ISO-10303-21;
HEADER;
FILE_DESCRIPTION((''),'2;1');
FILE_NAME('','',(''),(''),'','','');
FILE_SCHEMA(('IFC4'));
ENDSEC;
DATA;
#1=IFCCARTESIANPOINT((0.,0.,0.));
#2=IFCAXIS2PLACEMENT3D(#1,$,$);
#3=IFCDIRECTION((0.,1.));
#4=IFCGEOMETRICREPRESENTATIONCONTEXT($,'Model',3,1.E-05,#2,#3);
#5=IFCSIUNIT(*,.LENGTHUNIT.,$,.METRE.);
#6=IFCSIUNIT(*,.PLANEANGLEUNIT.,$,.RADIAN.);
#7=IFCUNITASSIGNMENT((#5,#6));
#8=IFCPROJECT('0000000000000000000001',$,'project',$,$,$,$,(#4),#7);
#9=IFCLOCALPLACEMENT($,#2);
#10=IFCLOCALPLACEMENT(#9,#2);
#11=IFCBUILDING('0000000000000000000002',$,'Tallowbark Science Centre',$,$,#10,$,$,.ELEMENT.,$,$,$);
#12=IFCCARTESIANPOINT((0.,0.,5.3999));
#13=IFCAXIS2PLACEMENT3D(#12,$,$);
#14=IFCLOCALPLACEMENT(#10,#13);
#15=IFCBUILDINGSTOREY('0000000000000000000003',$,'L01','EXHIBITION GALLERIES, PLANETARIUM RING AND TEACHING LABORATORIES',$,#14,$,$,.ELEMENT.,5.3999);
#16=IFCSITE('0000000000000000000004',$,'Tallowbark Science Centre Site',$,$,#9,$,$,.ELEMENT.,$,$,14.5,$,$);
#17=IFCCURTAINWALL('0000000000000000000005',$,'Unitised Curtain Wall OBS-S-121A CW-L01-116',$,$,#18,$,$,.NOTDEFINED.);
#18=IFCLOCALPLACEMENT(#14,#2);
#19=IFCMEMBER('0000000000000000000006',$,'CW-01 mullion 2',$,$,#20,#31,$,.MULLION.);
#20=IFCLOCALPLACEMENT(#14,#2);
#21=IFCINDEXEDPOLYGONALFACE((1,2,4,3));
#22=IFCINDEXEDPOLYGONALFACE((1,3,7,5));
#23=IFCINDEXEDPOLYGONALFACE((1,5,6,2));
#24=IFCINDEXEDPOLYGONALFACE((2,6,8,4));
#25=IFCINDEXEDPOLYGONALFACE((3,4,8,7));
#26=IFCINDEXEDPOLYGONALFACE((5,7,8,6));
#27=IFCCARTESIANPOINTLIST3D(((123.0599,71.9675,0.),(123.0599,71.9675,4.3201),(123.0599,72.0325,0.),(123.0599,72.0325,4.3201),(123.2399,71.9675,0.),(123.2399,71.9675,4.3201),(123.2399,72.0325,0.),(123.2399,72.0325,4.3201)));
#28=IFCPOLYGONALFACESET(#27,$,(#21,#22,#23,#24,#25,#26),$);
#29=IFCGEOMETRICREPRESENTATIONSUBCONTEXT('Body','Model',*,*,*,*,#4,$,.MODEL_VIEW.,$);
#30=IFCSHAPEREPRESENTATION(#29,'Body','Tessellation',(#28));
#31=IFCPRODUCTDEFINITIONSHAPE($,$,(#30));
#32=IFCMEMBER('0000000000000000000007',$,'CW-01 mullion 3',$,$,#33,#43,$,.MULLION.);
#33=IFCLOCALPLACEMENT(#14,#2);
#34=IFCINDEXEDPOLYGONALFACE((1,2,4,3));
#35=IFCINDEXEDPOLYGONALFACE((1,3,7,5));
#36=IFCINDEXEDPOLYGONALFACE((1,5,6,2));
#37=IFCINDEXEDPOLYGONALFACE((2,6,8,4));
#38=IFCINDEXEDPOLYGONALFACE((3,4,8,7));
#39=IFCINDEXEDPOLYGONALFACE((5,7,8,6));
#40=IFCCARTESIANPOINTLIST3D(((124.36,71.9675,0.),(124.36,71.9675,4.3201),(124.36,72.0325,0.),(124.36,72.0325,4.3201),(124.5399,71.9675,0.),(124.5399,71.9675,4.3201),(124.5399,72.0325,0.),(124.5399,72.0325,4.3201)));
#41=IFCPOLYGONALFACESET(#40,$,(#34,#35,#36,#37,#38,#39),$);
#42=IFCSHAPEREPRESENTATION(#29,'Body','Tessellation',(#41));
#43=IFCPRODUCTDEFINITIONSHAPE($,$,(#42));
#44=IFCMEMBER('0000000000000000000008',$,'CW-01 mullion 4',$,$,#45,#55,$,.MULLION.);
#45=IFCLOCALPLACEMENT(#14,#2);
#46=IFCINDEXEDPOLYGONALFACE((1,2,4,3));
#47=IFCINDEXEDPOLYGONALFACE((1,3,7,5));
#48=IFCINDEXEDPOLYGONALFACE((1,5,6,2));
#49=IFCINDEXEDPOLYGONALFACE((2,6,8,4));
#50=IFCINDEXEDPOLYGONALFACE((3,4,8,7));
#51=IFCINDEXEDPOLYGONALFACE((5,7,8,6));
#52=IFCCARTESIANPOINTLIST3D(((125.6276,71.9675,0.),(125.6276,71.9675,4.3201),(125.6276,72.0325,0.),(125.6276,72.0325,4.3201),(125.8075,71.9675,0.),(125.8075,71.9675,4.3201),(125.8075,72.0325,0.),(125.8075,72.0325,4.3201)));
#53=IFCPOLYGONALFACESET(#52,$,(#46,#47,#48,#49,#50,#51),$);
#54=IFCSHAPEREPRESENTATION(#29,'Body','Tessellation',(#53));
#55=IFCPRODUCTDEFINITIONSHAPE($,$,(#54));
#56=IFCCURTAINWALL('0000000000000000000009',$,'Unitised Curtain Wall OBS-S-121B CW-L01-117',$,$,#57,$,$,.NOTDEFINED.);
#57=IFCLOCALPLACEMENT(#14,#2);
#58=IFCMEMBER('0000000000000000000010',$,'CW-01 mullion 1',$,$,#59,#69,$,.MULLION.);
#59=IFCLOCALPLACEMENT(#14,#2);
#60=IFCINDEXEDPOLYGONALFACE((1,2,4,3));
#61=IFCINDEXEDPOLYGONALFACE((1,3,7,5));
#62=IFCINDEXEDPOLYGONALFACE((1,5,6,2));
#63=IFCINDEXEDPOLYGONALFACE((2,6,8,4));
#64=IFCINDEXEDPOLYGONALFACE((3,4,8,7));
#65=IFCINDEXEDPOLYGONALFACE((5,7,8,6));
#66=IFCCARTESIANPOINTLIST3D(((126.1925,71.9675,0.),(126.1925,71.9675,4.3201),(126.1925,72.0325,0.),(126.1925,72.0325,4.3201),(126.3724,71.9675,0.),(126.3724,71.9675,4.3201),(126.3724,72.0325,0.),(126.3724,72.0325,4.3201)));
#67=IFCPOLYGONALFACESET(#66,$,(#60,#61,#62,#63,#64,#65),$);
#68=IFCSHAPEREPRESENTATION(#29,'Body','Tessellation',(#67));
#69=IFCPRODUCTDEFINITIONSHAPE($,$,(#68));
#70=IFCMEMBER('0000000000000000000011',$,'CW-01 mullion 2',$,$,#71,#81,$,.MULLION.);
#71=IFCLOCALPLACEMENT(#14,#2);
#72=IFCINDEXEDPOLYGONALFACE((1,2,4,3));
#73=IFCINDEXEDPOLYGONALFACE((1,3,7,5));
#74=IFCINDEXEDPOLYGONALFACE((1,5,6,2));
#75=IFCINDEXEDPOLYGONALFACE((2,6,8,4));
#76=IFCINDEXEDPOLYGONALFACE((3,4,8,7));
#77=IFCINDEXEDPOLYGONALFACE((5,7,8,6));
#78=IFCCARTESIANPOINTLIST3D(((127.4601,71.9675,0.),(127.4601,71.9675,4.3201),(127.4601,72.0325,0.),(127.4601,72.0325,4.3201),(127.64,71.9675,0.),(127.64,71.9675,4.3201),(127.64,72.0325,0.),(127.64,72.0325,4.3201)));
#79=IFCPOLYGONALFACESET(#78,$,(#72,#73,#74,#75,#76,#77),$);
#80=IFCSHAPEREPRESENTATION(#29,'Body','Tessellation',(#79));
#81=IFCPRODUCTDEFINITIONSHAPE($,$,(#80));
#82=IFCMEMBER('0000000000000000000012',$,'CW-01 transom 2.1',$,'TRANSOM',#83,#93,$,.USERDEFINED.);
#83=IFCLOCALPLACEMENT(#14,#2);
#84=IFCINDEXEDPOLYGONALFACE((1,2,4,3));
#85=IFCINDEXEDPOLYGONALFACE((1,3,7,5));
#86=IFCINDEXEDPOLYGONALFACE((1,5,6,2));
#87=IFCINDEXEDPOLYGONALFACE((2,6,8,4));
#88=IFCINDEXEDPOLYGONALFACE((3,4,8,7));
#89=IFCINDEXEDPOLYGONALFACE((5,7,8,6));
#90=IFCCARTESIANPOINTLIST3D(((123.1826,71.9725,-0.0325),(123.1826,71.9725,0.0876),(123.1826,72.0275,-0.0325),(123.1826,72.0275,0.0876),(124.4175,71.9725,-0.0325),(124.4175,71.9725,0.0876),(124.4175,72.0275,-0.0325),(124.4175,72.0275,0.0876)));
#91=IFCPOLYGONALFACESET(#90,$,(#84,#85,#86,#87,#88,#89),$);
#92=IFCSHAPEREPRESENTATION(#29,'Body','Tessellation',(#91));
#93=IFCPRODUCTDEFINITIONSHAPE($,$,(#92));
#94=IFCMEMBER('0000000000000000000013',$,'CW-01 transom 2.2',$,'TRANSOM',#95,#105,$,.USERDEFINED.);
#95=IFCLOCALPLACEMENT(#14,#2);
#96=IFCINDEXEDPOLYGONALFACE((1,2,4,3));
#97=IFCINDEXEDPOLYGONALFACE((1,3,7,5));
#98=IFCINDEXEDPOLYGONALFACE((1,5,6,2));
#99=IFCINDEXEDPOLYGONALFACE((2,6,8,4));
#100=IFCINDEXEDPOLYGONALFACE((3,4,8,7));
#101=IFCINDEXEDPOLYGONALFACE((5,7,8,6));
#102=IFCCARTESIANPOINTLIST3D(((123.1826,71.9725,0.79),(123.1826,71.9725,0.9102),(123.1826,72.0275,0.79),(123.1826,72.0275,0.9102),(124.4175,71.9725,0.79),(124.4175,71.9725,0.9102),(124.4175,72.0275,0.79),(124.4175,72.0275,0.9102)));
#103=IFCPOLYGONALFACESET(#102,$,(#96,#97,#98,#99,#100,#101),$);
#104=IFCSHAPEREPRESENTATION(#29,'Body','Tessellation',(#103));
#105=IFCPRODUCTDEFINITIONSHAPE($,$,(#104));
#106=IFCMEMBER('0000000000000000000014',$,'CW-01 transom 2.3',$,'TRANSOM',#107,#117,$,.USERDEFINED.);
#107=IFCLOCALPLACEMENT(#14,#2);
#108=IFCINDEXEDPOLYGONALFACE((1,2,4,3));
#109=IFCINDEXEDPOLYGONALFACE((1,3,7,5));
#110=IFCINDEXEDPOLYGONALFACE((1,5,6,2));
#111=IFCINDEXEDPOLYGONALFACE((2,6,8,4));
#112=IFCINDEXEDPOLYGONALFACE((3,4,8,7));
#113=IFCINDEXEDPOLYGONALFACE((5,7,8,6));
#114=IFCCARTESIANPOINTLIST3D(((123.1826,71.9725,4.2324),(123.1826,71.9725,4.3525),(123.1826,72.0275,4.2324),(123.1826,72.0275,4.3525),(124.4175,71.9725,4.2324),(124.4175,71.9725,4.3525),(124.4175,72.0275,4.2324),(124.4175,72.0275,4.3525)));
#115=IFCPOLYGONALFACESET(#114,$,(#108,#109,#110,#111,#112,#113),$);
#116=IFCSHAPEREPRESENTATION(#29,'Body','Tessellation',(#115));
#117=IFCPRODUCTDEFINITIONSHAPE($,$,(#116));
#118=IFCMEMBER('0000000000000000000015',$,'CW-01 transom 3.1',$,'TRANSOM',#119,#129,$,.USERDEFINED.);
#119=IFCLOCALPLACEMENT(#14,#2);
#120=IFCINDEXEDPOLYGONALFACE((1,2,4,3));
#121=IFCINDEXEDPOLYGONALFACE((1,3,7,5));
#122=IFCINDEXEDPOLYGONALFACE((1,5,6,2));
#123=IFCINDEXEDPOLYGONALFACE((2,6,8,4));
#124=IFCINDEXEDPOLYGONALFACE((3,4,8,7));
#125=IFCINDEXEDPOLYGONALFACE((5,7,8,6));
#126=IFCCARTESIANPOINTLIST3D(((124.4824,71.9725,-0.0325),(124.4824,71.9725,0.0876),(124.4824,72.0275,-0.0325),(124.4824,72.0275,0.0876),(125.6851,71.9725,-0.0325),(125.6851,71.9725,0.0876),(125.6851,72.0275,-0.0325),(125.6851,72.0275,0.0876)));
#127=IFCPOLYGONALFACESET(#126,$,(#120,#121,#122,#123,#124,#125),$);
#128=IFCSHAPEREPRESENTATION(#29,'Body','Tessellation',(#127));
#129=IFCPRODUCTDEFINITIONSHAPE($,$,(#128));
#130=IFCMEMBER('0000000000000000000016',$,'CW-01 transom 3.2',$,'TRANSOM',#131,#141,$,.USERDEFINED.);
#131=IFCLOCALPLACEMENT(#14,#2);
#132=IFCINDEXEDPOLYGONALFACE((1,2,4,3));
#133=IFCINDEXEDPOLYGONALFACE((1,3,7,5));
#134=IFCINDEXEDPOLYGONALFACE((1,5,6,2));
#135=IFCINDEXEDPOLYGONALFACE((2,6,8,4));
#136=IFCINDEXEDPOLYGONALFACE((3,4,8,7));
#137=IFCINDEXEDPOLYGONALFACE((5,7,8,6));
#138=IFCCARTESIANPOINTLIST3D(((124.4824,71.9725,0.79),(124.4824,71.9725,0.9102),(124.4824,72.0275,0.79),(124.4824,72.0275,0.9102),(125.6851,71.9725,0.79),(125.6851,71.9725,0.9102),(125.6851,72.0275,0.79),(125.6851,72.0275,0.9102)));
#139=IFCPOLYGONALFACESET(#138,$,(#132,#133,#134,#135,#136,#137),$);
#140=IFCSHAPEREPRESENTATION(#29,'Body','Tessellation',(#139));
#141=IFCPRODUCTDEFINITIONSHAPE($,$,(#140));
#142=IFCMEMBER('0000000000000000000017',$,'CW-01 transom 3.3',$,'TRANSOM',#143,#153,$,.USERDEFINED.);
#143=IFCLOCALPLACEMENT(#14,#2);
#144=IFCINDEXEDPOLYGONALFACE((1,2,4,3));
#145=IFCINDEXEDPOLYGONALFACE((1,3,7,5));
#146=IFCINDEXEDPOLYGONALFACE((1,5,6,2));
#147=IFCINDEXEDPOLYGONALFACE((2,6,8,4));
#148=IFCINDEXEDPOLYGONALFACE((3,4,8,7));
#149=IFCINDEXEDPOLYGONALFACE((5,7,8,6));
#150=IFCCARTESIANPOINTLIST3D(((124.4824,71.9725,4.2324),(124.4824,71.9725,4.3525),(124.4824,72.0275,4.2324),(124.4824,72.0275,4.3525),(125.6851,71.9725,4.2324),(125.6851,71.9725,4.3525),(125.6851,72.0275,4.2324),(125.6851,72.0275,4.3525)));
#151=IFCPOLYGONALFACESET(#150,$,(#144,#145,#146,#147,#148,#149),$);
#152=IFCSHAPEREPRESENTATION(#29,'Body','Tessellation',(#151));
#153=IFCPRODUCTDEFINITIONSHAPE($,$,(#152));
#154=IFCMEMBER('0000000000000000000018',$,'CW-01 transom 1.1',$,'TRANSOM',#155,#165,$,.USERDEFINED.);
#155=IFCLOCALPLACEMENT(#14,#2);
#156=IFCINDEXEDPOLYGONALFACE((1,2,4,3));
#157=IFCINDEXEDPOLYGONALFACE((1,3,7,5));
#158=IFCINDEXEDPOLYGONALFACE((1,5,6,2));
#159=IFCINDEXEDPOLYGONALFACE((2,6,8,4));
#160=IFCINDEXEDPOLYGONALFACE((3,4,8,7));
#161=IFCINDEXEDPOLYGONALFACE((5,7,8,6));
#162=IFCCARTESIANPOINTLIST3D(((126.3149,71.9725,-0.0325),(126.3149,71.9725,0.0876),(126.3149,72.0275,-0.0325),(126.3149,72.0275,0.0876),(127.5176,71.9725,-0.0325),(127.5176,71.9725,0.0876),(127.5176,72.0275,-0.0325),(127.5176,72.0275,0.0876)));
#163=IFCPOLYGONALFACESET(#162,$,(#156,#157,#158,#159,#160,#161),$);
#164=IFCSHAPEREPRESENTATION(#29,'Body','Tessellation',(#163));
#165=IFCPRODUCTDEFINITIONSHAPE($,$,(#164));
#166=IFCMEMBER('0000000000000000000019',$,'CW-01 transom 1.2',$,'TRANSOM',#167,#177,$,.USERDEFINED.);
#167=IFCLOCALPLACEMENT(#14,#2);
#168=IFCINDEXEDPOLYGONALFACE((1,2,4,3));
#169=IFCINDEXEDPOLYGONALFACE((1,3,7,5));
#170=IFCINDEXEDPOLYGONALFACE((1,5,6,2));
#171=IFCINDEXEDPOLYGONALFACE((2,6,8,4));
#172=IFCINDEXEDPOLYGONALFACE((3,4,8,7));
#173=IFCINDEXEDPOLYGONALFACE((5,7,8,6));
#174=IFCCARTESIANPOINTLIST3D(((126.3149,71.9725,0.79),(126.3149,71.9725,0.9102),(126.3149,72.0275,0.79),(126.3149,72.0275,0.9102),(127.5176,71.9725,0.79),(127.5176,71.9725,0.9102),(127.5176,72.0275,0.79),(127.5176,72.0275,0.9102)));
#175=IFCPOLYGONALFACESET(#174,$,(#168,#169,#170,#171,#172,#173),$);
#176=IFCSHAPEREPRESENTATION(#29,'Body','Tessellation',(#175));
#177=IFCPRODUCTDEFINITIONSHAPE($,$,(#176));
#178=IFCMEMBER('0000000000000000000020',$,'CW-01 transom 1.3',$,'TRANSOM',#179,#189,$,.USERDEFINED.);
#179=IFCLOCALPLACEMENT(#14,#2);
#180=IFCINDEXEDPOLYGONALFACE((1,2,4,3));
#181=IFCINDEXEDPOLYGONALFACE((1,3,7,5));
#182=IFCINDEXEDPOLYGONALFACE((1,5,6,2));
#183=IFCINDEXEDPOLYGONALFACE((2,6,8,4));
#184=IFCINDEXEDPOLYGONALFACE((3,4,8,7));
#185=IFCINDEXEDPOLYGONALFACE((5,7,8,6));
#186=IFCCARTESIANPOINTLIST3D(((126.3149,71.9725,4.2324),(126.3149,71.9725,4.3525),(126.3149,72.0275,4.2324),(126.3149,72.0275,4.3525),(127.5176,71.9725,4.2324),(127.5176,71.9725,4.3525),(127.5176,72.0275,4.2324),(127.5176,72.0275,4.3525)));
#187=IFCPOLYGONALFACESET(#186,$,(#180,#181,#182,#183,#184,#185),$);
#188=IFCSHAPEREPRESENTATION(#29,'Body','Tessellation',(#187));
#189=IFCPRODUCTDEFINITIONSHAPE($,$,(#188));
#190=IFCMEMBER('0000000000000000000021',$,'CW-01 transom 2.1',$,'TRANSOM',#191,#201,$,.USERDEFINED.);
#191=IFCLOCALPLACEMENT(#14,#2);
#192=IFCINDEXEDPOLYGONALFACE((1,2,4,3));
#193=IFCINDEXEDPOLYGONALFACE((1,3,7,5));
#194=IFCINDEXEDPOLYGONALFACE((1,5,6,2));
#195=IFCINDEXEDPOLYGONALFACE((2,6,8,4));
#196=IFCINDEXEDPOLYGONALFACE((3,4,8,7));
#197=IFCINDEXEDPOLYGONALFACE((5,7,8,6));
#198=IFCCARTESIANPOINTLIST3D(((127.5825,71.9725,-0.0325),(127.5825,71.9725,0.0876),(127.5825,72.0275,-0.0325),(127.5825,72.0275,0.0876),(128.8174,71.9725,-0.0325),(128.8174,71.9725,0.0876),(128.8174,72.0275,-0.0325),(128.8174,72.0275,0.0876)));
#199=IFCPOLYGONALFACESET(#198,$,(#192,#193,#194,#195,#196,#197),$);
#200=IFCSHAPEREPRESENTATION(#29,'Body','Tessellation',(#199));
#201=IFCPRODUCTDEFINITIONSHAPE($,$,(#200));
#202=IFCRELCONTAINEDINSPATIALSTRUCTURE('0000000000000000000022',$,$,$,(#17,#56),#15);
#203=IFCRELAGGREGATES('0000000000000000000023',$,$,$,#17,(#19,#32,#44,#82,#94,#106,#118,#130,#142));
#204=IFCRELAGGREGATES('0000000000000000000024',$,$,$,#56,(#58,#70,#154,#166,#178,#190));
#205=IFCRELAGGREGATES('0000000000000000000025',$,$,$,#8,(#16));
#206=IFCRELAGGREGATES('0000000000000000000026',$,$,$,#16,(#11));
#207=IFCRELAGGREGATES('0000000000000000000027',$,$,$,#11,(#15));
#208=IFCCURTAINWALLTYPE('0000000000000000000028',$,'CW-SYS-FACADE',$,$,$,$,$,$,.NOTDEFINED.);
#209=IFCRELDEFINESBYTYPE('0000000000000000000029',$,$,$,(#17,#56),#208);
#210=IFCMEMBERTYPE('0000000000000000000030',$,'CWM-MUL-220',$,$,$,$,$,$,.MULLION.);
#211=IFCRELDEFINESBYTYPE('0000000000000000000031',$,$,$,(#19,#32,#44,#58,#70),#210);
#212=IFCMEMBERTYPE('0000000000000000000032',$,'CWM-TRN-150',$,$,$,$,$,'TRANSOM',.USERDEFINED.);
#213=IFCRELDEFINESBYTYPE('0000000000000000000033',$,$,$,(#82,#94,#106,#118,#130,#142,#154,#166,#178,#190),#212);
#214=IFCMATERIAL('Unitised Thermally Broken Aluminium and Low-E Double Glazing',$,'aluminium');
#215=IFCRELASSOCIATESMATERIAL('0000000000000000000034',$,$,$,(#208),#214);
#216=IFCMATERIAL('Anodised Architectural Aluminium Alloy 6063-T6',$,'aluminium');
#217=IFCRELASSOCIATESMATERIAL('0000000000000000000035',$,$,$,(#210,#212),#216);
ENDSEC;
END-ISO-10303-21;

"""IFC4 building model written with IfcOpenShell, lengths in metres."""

from ifc_helpers import new_model, si_unit, direction, frame, origin, origin_2d, place, context, subcontext, project, spatial, rectangle, extrude, material, material_profile, profile_set, type_object, element, aggregate, save


model = new_model("IFC4")

# Units and contexts
model_context = context("Model", 3, precision=1e-05, world=origin(), true_north=direction((0.0, 1.0)))
body_context = subcontext(model_context, "Body", "Model", "MODEL_VIEW")
ifc_project = project(units=[si_unit("LENGTHUNIT", "METRE"), si_unit("PLANEANGLEUNIT", "RADIAN")], contexts=[model_context])

# Site, building, storey
site_placement = place(None, origin())
site = spatial("IfcSite", under=ifc_project, at=site_placement, Name="Tallowbark Science Centre Site", CompositionType="ELEMENT", RefElevation=14.5)
building_placement = place(site_placement, origin())
building = spatial("IfcBuilding", under=site, at=building_placement, Name="Tallowbark Science Centre", CompositionType="ELEMENT")
storey_placement = place(building_placement, frame((0.0, 0.0, 5.3999)))
storey = spatial("IfcBuildingStorey", under=building, at=storey_placement, Name="L01", Description="EXHIBITION GALLERIES, PLANETARIUM RING AND TEACHING LABORATORIES", CompositionType="ELEMENT", Elevation=5.3999)

# Curtain walls, members
ifc_material_1 = material(Name="Unitised Thermally Broken Aluminium and Low-E Double Glazing", Category="aluminium")
curtain_wall_type = type_object("IfcCurtainWallType", Name="CW-SYS-FACADE", PredefinedType="NOTDEFINED", material=ifc_material_1)
curtain_wall_1_placement = place(storey_placement, origin())
curtain_wall_1 = element("IfcCurtainWall", 1, at=curtain_wall_1_placement, inside=storey, type_object=curtain_wall_type, Name="Unitised Curtain Wall OBS-S-121A CW-L01-116", PredefinedType="NOTDEFINED")
ifc_material_2 = material(Name="Anodised Architectural Aluminium Alloy 6063-T6", Category="aluminium")
ifc_material_profile_1 = material_profile(ifc_material_2, rectangle(XDim=0.0649, YDim=0.1799, at=origin_2d()), Name="ALU65x180")
ifc_profile_set_1 = profile_set([ifc_material_profile_1], Name="Anodised Architectural Aluminium Alloy 6063-T6")
member_type_1 = type_object("IfcMemberType", Name="CWM-MUL-220", PredefinedType="MULLION", material=ifc_profile_set_1)
member_1_placement = place(storey_placement, frame((123.1499, 72.0, 0.0), z_axis=(0.0, 0.0, 1.0), x_axis=(0.0, 1.0, 0.0)))
member_1 = element("IfcMember", 2, at=member_1_placement, type_object=member_type_1, Name="CW-01 mullion 2", PredefinedType="MULLION", context=body_context, shape_type="SweptSolid", body=[
    extrude(rectangle(XDim=0.0649, YDim=0.1799, at=origin_2d()), origin(), (0.0, 0.0, 1.0), 4.3201),
])
member_2_placement = place(storey_placement, frame((124.45, 72.0, 0.0), z_axis=(0.0, 0.0, 1.0), x_axis=(0.0, 1.0, 0.0)))
member_2 = element("IfcMember", 3, at=member_2_placement, type_object=member_type_1, Name="CW-01 mullion 3", PredefinedType="MULLION", context=body_context, shape_type="SweptSolid", body=[
    extrude(rectangle(XDim=0.0649, YDim=0.1799, at=origin_2d()), origin(), (0.0, 0.0, 1.0), 4.3201),
])
member_3_placement = place(storey_placement, frame((125.7175, 72.0, 0.0), z_axis=(0.0, 0.0, 1.0), x_axis=(0.0, 1.0, 0.0)))
member_3 = element("IfcMember", 4, at=member_3_placement, type_object=member_type_1, Name="CW-01 mullion 4", PredefinedType="MULLION", context=body_context, shape_type="SweptSolid", body=[
    extrude(rectangle(XDim=0.0649, YDim=0.1799, at=origin_2d()), origin(), (0.0, 0.0, 1.0), 4.3201),
])
curtain_wall_2_placement = place(storey_placement, origin())
curtain_wall_2 = element("IfcCurtainWall", 5, at=curtain_wall_2_placement, inside=storey, type_object=curtain_wall_type, Name="Unitised Curtain Wall OBS-S-121B CW-L01-117", PredefinedType="NOTDEFINED")
member_4_placement = place(storey_placement, frame((126.2825, 72.0, 0.0), z_axis=(0.0, 0.0, 1.0), x_axis=(0.0, 1.0, 0.0)))
member_4 = element("IfcMember", 6, at=member_4_placement, type_object=member_type_1, Name="CW-01 mullion 1", PredefinedType="MULLION", context=body_context, shape_type="SweptSolid", body=[
    extrude(rectangle(XDim=0.0649, YDim=0.1799, at=origin_2d()), origin(), (0.0, 0.0, 1.0), 4.3201),
])
member_5_placement = place(storey_placement, frame((127.55, 72.0, 0.0), z_axis=(0.0, 0.0, 1.0), x_axis=(0.0, 1.0, 0.0)))
member_5 = element("IfcMember", 7, at=member_5_placement, type_object=member_type_1, Name="CW-01 mullion 2", PredefinedType="MULLION", context=body_context, shape_type="SweptSolid", body=[
    extrude(rectangle(XDim=0.0649, YDim=0.1799, at=origin_2d()), origin(), (0.0, 0.0, 1.0), 4.3201),
])

# Members
ifc_material_profile_2 = material_profile(ifc_material_2, rectangle(XDim=0.0549, YDim=0.1201, at=origin_2d()), Name="ALU55x120")
ifc_profile_set_2 = profile_set([ifc_material_profile_2], Name="Anodised Architectural Aluminium Alloy 6063-T6")
member_type_2 = type_object("IfcMemberType", Name="CWM-TRN-150", ElementType="TRANSOM", PredefinedType="USERDEFINED", material=ifc_profile_set_2)
member_6_placement = place(storey_placement, frame((123.1826, 72.0, 0.0276), z_axis=(1.0, 0.0, 0.0), x_axis=(0.0, 1.0, 0.0)))
member_6 = element("IfcMember", 8, at=member_6_placement, type_object=member_type_2, Name="CW-01 transom 2.1", ObjectType="TRANSOM", PredefinedType="USERDEFINED", context=body_context, shape_type="SweptSolid", body=[
    extrude(rectangle(XDim=0.0549, YDim=0.1201, at=origin_2d()), origin(), (0.0, 0.0, 1.0), 1.2349),
])
member_7_placement = place(storey_placement, frame((123.1826, 72.0, 0.8501), z_axis=(1.0, 0.0, 0.0), x_axis=(0.0, 1.0, 0.0)))
member_7 = element("IfcMember", 9, at=member_7_placement, type_object=member_type_2, Name="CW-01 transom 2.2", ObjectType="TRANSOM", PredefinedType="USERDEFINED", context=body_context, shape_type="SweptSolid", body=[
    extrude(rectangle(XDim=0.0549, YDim=0.1201, at=origin_2d()), origin(), (0.0, 0.0, 1.0), 1.2349),
])
member_8_placement = place(storey_placement, frame((123.1826, 72.0, 4.2925), z_axis=(1.0, 0.0, 0.0), x_axis=(0.0, 1.0, 0.0)))
member_8 = element("IfcMember", 10, at=member_8_placement, type_object=member_type_2, Name="CW-01 transom 2.3", ObjectType="TRANSOM", PredefinedType="USERDEFINED", context=body_context, shape_type="SweptSolid", body=[
    extrude(rectangle(XDim=0.0549, YDim=0.1201, at=origin_2d()), origin(), (0.0, 0.0, 1.0), 1.2349),
])
member_9_placement = place(storey_placement, frame((124.4824, 72.0, 0.0276), z_axis=(1.0, 0.0, 0.0), x_axis=(0.0, 1.0, 0.0)))
member_9 = element("IfcMember", 11, at=member_9_placement, type_object=member_type_2, Name="CW-01 transom 3.1", ObjectType="TRANSOM", PredefinedType="USERDEFINED", context=body_context, shape_type="SweptSolid", body=[
    extrude(rectangle(XDim=0.0549, YDim=0.1201, at=origin_2d()), origin(), (0.0, 0.0, 1.0), 1.2026),
])
member_10_placement = place(storey_placement, frame((124.4824, 72.0, 0.8501), z_axis=(1.0, 0.0, 0.0), x_axis=(0.0, 1.0, 0.0)))
member_10 = element("IfcMember", 12, at=member_10_placement, type_object=member_type_2, Name="CW-01 transom 3.2", ObjectType="TRANSOM", PredefinedType="USERDEFINED", context=body_context, shape_type="SweptSolid", body=[
    extrude(rectangle(XDim=0.0549, YDim=0.1201, at=origin_2d()), origin(), (0.0, 0.0, 1.0), 1.2026),
])
member_11_placement = place(storey_placement, frame((124.4824, 72.0, 4.2925), z_axis=(1.0, 0.0, 0.0), x_axis=(0.0, 1.0, 0.0)))
member_11 = element("IfcMember", 13, at=member_11_placement, type_object=member_type_2, Name="CW-01 transom 3.3", ObjectType="TRANSOM", PredefinedType="USERDEFINED", context=body_context, shape_type="SweptSolid", body=[
    extrude(rectangle(XDim=0.0549, YDim=0.1201, at=origin_2d()), origin(), (0.0, 0.0, 1.0), 1.2026),
])
member_12_placement = place(storey_placement, frame((126.3149, 72.0, 0.0276), z_axis=(1.0, 0.0, 0.0), x_axis=(0.0, 1.0, 0.0)))
member_12 = element("IfcMember", 14, at=member_12_placement, type_object=member_type_2, Name="CW-01 transom 1.1", ObjectType="TRANSOM", PredefinedType="USERDEFINED", context=body_context, shape_type="SweptSolid", body=[
    extrude(rectangle(XDim=0.0549, YDim=0.1201, at=origin_2d()), origin(), (0.0, 0.0, 1.0), 1.2026),
])
member_13_placement = place(storey_placement, frame((126.3149, 72.0, 0.8501), z_axis=(1.0, 0.0, 0.0), x_axis=(0.0, 1.0, 0.0)))
member_13 = element("IfcMember", 15, at=member_13_placement, type_object=member_type_2, Name="CW-01 transom 1.2", ObjectType="TRANSOM", PredefinedType="USERDEFINED", context=body_context, shape_type="SweptSolid", body=[
    extrude(rectangle(XDim=0.0549, YDim=0.1201, at=origin_2d()), origin(), (0.0, 0.0, 1.0), 1.2026),
])
member_14_placement = place(storey_placement, frame((126.3149, 72.0, 4.2925), z_axis=(1.0, 0.0, 0.0), x_axis=(0.0, 1.0, 0.0)))
member_14 = element("IfcMember", 16, at=member_14_placement, type_object=member_type_2, Name="CW-01 transom 1.3", ObjectType="TRANSOM", PredefinedType="USERDEFINED", context=body_context, shape_type="SweptSolid", body=[
    extrude(rectangle(XDim=0.0549, YDim=0.1201, at=origin_2d()), origin(), (0.0, 0.0, 1.0), 1.2026),
])
member_15_placement = place(storey_placement, frame((127.5825, 72.0, 0.0276), z_axis=(1.0, 0.0, 0.0), x_axis=(0.0, 1.0, 0.0)))
member_15 = element("IfcMember", 17, at=member_15_placement, type_object=member_type_2, Name="CW-01 transom 2.1", ObjectType="TRANSOM", PredefinedType="USERDEFINED", context=body_context, shape_type="SweptSolid", body=[
    extrude(rectangle(XDim=0.0549, YDim=0.1201, at=origin_2d()), origin(), (0.0, 0.0, 1.0), 1.2349),
])

aggregate(curtain_wall_1, [member_1, member_2, member_3, member_6, member_7, member_8, member_9, member_10, member_11])
aggregate(curtain_wall_2, [member_4, member_5, member_12, member_13, member_14, member_15])

save(model, "model.ifc")
